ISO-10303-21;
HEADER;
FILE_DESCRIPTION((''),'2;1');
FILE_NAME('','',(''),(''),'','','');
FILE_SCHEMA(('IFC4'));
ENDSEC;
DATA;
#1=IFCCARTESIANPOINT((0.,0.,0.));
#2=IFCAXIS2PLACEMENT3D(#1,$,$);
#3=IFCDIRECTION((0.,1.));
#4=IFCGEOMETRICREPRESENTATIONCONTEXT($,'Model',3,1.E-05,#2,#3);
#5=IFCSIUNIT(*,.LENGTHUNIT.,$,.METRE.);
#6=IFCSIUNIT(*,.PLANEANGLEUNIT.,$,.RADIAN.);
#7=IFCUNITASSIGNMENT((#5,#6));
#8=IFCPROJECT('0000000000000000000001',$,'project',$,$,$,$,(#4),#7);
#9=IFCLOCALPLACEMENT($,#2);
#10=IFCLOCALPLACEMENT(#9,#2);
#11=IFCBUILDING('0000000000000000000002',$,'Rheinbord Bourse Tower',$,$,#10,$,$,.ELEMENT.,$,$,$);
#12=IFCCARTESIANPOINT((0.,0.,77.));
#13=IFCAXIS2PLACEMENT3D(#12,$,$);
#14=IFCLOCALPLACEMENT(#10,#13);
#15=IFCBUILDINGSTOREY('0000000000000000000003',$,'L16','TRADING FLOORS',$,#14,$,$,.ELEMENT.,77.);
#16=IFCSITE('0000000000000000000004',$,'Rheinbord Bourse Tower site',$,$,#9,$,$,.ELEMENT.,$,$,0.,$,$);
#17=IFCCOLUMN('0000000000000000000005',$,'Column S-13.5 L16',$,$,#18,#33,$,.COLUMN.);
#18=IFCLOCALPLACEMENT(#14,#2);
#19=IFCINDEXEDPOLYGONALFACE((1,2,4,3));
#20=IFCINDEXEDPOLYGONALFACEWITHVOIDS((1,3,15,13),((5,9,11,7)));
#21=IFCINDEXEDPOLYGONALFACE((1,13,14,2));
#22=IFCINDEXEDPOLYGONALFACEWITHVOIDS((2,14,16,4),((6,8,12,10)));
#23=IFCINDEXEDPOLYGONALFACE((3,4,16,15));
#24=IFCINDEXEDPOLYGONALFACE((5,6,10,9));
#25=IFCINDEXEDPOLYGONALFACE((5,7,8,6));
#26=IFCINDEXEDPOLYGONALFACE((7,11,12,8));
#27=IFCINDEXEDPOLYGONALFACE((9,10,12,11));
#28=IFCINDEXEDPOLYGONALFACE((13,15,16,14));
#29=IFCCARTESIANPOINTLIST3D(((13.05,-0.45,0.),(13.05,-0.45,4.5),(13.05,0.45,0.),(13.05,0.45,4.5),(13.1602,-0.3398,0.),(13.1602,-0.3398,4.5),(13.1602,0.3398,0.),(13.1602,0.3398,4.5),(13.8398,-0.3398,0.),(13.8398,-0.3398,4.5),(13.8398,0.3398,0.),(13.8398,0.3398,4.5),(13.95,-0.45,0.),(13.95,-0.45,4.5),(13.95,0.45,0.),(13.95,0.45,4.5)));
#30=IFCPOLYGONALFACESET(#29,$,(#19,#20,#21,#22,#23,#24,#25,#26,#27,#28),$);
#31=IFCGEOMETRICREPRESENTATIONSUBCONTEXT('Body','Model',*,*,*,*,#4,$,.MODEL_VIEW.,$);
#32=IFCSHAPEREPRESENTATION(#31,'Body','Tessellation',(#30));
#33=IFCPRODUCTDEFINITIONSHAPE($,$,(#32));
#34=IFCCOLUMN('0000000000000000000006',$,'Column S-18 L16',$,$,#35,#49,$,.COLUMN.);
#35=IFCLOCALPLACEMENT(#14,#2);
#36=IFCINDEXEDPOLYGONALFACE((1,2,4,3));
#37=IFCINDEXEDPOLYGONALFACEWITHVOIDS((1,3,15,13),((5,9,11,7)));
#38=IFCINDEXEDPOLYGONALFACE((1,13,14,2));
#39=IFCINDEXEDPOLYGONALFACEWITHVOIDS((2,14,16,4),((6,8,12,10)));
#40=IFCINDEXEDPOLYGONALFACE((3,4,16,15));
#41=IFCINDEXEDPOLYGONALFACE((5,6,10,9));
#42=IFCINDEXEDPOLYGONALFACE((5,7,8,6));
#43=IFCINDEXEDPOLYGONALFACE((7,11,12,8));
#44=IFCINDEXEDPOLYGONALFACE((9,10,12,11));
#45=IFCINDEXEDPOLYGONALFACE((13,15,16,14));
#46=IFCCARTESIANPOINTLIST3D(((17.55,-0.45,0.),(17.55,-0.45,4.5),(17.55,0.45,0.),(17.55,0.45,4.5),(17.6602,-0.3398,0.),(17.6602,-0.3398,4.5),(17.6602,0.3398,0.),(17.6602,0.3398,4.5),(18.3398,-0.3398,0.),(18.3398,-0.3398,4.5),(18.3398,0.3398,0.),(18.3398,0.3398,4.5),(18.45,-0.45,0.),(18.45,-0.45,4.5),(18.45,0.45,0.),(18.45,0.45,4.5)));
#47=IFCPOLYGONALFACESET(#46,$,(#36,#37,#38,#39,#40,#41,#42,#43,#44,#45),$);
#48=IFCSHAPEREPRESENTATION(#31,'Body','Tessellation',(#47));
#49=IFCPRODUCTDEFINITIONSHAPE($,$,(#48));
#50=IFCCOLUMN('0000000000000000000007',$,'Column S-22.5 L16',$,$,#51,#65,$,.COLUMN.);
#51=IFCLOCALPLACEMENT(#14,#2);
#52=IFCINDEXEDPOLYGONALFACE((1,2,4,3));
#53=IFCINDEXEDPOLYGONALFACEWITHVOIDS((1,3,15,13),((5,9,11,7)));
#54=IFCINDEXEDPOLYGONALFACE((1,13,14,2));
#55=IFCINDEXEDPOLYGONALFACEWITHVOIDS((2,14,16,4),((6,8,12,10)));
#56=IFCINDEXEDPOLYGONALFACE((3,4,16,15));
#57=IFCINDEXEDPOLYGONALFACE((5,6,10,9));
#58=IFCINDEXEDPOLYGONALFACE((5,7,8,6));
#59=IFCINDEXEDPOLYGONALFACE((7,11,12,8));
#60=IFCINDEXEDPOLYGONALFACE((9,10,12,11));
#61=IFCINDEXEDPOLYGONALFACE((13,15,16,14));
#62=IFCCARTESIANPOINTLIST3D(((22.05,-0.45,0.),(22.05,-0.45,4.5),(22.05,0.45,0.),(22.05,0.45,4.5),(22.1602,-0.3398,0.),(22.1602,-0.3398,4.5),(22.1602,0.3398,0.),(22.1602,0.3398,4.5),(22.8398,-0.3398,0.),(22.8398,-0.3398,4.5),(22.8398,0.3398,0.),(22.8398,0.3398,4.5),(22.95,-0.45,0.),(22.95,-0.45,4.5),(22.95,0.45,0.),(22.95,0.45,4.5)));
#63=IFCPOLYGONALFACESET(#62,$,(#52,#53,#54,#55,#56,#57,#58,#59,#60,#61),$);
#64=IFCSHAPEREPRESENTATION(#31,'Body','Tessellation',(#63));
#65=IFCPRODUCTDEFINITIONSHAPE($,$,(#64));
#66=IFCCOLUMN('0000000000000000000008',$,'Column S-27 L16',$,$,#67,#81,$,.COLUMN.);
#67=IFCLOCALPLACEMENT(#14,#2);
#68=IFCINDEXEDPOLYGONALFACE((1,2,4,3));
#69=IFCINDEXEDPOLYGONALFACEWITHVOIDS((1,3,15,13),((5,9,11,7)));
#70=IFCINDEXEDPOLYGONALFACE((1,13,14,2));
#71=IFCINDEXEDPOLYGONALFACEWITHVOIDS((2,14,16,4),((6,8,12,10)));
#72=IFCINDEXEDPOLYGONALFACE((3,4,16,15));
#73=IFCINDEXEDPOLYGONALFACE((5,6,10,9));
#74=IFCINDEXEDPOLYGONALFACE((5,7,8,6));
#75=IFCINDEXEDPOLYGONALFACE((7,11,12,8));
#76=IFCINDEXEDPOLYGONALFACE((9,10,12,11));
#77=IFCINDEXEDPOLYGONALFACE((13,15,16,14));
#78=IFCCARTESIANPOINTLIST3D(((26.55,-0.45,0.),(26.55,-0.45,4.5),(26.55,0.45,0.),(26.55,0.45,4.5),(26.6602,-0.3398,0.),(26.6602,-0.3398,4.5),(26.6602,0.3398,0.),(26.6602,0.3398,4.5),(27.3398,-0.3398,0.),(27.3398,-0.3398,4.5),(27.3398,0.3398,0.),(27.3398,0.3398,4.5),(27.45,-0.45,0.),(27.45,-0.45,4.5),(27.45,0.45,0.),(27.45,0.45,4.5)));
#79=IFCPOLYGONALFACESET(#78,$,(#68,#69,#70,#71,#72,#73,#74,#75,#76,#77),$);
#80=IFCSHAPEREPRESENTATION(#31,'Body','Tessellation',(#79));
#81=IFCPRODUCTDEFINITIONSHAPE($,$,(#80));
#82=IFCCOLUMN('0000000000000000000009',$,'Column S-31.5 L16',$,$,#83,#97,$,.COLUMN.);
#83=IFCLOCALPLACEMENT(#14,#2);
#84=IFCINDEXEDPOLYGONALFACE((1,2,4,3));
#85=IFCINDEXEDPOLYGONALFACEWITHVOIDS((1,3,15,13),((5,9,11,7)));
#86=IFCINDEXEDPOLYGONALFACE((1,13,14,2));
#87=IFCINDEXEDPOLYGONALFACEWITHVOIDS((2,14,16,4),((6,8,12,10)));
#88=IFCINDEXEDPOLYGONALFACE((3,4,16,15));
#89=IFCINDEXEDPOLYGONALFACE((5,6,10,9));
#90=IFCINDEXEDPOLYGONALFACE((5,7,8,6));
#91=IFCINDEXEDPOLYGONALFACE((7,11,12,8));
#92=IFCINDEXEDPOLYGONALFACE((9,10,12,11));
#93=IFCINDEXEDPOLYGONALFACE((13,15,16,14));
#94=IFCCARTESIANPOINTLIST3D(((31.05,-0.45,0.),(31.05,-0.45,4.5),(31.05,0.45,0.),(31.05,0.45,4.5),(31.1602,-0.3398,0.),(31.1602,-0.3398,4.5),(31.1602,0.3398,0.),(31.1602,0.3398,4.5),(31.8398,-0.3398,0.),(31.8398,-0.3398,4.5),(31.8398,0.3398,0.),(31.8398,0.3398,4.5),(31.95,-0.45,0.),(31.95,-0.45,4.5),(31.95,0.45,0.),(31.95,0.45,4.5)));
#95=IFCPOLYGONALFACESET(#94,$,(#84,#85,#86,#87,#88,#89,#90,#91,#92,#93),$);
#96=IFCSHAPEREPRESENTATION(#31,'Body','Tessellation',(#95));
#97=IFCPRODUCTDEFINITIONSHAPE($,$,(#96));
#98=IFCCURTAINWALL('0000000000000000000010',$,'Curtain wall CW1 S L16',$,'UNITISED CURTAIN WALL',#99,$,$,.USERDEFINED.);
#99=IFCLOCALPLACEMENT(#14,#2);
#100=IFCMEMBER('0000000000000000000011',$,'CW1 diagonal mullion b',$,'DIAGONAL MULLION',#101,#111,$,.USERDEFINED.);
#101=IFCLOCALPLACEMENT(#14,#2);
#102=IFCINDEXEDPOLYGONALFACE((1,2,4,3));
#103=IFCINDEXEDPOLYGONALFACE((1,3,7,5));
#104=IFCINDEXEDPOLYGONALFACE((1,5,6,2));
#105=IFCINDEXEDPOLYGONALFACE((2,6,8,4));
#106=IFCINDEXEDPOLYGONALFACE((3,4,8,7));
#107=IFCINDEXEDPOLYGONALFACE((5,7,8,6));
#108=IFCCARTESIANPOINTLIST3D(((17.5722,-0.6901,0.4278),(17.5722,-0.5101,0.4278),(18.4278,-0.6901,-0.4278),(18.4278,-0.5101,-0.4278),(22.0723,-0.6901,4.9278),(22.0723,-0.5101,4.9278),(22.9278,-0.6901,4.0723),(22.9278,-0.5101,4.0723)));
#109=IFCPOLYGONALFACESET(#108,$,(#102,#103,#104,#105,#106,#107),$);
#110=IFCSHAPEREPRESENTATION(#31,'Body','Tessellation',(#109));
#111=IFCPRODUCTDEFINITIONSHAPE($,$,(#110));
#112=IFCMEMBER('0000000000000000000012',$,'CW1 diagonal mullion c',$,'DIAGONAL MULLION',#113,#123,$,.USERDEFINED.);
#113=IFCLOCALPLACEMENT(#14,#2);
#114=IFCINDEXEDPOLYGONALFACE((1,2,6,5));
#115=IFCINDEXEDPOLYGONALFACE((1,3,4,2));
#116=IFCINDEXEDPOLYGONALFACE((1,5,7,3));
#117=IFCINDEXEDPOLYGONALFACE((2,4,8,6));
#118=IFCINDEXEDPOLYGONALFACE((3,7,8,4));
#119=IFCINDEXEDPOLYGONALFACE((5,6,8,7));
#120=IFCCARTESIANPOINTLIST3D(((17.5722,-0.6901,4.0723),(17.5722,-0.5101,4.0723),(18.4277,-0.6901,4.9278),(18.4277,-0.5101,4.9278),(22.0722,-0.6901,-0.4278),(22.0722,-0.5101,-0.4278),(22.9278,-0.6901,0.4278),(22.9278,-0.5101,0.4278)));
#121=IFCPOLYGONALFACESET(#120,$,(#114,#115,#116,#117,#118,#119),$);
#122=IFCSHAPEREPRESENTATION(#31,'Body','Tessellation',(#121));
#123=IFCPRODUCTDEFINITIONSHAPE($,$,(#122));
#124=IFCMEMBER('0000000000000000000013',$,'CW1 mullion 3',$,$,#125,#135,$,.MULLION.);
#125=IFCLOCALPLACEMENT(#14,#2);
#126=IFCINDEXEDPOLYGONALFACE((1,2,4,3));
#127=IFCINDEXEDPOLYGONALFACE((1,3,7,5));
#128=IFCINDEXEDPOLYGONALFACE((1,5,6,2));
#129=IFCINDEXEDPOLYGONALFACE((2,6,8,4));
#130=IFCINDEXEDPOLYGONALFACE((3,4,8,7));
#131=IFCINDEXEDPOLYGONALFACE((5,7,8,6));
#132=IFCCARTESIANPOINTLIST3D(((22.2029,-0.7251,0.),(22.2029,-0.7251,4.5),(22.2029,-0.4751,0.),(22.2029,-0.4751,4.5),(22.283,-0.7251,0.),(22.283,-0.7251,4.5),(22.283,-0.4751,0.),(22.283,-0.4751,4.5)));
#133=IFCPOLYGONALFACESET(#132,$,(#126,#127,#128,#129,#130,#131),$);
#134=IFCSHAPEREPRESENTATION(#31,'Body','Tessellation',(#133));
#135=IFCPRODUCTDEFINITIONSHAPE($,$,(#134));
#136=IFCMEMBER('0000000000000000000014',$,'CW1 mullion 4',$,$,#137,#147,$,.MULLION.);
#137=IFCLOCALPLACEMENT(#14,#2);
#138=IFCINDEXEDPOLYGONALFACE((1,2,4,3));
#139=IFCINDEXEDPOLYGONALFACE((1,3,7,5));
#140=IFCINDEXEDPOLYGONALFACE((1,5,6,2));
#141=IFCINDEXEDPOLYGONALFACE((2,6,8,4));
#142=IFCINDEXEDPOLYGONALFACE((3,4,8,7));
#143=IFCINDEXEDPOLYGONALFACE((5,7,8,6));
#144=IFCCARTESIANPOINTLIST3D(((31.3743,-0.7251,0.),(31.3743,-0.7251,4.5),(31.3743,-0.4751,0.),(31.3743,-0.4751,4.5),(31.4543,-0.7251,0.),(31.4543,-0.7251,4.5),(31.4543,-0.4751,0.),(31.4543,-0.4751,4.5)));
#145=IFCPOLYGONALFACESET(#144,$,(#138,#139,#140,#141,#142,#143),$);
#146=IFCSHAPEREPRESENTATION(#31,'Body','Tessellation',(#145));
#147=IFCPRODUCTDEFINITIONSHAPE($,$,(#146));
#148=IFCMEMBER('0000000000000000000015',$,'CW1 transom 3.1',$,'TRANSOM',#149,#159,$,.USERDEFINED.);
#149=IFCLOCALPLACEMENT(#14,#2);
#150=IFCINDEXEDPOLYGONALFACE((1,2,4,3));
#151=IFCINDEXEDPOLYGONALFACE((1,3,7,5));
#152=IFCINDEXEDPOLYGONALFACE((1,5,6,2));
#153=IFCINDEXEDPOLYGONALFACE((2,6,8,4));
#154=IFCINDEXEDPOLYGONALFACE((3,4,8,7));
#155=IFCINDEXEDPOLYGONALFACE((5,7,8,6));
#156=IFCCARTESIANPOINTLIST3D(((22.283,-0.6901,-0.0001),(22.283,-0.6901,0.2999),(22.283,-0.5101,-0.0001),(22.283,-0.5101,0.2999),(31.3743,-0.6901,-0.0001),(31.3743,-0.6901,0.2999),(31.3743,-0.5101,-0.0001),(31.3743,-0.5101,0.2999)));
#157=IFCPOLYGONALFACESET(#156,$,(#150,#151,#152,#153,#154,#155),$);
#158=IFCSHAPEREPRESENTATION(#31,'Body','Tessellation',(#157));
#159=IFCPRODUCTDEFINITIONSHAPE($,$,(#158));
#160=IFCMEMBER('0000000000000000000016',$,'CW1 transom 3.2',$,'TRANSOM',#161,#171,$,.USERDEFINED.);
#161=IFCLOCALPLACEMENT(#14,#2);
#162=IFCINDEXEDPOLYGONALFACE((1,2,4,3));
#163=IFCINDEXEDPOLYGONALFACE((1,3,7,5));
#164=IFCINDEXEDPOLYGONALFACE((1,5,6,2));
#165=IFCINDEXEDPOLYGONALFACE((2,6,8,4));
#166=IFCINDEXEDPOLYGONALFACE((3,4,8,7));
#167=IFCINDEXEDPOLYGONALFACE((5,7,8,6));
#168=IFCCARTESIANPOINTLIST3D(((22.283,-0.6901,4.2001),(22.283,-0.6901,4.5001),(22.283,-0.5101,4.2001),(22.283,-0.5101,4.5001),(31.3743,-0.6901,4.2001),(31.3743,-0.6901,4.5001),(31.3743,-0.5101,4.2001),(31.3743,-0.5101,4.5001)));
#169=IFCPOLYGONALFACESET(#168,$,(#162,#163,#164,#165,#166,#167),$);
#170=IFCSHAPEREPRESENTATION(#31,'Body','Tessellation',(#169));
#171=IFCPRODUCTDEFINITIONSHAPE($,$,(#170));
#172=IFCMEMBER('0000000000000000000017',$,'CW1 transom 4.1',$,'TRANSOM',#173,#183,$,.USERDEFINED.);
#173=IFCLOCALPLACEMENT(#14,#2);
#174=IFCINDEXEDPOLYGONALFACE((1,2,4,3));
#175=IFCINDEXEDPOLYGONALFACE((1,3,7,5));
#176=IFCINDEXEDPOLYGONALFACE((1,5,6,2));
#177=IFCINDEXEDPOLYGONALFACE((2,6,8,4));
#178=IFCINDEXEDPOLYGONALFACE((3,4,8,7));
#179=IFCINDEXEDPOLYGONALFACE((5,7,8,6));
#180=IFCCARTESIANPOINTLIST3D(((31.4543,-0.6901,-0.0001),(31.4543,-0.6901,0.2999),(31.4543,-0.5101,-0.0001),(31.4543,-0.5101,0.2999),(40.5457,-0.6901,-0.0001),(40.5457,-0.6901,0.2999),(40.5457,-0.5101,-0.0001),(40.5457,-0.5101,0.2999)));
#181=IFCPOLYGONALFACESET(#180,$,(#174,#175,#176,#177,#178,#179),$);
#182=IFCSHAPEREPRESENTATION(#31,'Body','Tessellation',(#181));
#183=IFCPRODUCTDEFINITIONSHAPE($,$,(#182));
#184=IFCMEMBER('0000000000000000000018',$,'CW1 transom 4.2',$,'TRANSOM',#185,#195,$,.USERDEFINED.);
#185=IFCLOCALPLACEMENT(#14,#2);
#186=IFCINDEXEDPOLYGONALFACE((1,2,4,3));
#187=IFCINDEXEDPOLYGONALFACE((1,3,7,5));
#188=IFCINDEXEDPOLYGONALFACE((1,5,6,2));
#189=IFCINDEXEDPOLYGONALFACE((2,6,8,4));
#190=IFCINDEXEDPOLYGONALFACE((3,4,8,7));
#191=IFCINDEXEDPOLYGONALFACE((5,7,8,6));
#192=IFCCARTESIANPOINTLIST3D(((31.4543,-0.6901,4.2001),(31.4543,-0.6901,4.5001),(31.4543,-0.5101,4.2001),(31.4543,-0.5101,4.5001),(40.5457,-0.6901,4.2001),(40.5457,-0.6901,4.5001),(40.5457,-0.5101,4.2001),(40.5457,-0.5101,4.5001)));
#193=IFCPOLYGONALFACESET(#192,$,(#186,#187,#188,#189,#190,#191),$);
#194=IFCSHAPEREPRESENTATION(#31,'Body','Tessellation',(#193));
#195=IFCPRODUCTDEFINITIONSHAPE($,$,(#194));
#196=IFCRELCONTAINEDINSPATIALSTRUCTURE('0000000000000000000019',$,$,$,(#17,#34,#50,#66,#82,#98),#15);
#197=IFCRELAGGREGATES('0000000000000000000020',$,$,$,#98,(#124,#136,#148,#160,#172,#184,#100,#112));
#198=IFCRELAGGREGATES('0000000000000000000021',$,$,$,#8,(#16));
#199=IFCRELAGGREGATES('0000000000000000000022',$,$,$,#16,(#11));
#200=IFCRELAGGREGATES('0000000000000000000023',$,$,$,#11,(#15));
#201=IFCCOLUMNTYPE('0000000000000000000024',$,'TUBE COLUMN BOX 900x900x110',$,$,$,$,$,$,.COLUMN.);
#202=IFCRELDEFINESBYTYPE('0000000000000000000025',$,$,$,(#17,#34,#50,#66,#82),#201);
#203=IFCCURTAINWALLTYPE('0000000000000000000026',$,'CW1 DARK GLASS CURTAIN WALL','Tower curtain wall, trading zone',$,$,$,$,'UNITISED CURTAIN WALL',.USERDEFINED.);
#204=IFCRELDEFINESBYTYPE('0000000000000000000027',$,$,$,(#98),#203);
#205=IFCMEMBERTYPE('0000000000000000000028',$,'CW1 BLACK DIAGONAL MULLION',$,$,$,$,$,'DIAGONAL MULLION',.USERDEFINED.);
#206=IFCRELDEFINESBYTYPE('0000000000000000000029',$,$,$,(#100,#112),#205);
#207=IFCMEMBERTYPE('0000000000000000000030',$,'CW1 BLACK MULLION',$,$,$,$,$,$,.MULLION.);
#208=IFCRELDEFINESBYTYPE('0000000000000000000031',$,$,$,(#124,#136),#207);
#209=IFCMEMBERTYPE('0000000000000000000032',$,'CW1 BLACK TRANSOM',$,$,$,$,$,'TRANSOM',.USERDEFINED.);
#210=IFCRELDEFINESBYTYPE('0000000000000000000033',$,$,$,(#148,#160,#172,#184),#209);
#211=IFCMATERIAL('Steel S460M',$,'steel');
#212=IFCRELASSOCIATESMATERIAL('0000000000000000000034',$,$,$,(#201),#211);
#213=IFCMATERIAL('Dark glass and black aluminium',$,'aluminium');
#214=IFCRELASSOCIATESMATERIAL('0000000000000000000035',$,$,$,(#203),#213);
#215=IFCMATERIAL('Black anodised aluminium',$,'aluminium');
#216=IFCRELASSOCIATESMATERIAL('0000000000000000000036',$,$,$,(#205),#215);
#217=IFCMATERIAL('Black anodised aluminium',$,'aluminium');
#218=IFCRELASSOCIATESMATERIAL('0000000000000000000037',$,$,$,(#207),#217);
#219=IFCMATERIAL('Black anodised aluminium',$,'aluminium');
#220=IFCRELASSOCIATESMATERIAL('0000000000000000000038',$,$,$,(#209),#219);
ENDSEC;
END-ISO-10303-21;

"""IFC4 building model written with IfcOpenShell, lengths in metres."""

from ifc_helpers import new_model, si_unit, direction, frame, origin, origin_2d, place, context, subcontext, project, spatial, rectangle, hollow_rectangle, extrude, material, material_profile, profile_set, type_object, element, aggregate, save


model = new_model("IFC4")

# Units and contexts
model_context = context("Model", 3, precision=1e-05, world=origin(), true_north=direction((0.0, 1.0)))
body_context = subcontext(model_context, "Body", "Model", "MODEL_VIEW")
ifc_project = project(units=[si_unit("LENGTHUNIT", "METRE"), si_unit("PLANEANGLEUNIT", "RADIAN")], contexts=[model_context])

# Site, building, storey
site_placement = place(None, origin())
site = spatial("IfcSite", under=ifc_project, at=site_placement, Name="Rheinbord Bourse Tower site", CompositionType="ELEMENT", RefElevation=0.0)
building_placement = place(site_placement, origin())
building = spatial("IfcBuilding", under=site, at=building_placement, Name="Rheinbord Bourse Tower", CompositionType="ELEMENT")
storey_placement = place(building_placement, frame((0.0, 0.0, 77.0)))
storey = spatial("IfcBuildingStorey", under=building, at=storey_placement, Name="L16", Description="TRADING FLOORS", CompositionType="ELEMENT", Elevation=77.0)

# Columns
ifc_material_1 = material(Name="Steel S460M", Category="steel")
ifc_material_profile_1 = material_profile(ifc_material_1, hollow_rectangle(XDim=0.8999, YDim=0.8999, WallThickness=0.1101, at=origin_2d()), Name="BOX 900x900x110")
ifc_profile_set_1 = profile_set([ifc_material_profile_1], Name="Steel S460M")
column_type = type_object("IfcColumnType", Name="TUBE COLUMN BOX 900x900x110", PredefinedType="COLUMN", material=ifc_profile_set_1)
for number, where, z_axis, x_axis, name in (
    (1, (13.5, 0.0, 0.0), (0.0, 0.0, 1.0), (0.0, 1.0, 0.0), "Column S-13.5 L16"),
    (2, (18.0, 0.0, 0.0), (0.0, 0.0, 1.0), (0.0, 1.0, 0.0), "Column S-18 L16"),
    (3, (22.5, 0.0, 0.0), (0.0, 0.0, 1.0), (0.0, 1.0, 0.0), "Column S-22.5 L16"),
    (4, (27.0, 0.0, 0.0), (0.0, 0.0, 1.0), (0.0, 1.0, 0.0), "Column S-27 L16"),
    (5, (31.5, 0.0, 0.0), (0.0, 0.0, 1.0), (0.0, 1.0, 0.0), "Column S-31.5 L16"),
):
    element("IfcColumn", number, at=place(storey_placement, frame(where, z_axis=z_axis, x_axis=x_axis)), inside=storey, type_object=column_type, Name=name, PredefinedType="COLUMN", context=body_context, shape_type="SweptSolid", body=[
        extrude(hollow_rectangle(XDim=0.8999, YDim=0.8999, WallThickness=0.1101, at=origin_2d()), origin(), (0.0, 0.0, 1.0), 4.5),
    ])

# Curtain wall, members
ifc_material_2 = material(Name="Dark glass and black aluminium", Category="aluminium")
curtain_wall_type = type_object("IfcCurtainWallType", Name="CW1 DARK GLASS CURTAIN WALL", Description="Tower curtain wall, trading zone", ElementType="UNITISED CURTAIN WALL", PredefinedType="USERDEFINED", material=ifc_material_2)
curtain_wall_placement = place(storey_placement, origin())
curtain_wall = element("IfcCurtainWall", 6, at=curtain_wall_placement, inside=storey, type_object=curtain_wall_type, Name="Curtain wall CW1 S L16", ObjectType="UNITISED CURTAIN WALL", PredefinedType="USERDEFINED")
ifc_material_3 = material(Name="Black anodised aluminium", Category="aluminium")
ifc_material_profile_2 = material_profile(ifc_material_3, rectangle(XDim=0.1799, YDim=1.21, at=origin_2d()), Name="CW1 DIAGONAL MULLION 1210x180")
ifc_profile_set_2 = profile_set([ifc_material_profile_2], Name="Black anodised aluminium")
member_type_1 = type_object("IfcMemberType", Name="CW1 BLACK DIAGONAL MULLION", ElementType="DIAGONAL MULLION", PredefinedType="USERDEFINED", material=ifc_profile_set_2)
member_1_placement = place(storey_placement, frame((18.0, -0.6001, 0.0), z_axis=(0.707107, 0.0, 0.707107), x_axis=(0.0, 1.0, 0.0)))
member_1 = element("IfcMember", 7, at=member_1_placement, type_object=member_type_1, Name="CW1 diagonal mullion b", ObjectType="DIAGONAL MULLION", PredefinedType="USERDEFINED", context=body_context, shape_type="SweptSolid", body=[
    extrude(rectangle(XDim=0.1799, YDim=1.21, at=origin_2d()), origin(), (0.0, 0.0, 1.0), 6.364),
])
member_2_placement = place(storey_placement, frame((22.5, -0.6001, 0.0), z_axis=(-0.707107, 0.0, 0.707107), x_axis=(0.0, -1.0, 0.0)))
member_2 = element("IfcMember", 8, at=member_2_placement, type_object=member_type_1, Name="CW1 diagonal mullion c", ObjectType="DIAGONAL MULLION", PredefinedType="USERDEFINED", context=body_context, shape_type="SweptSolid", body=[
    extrude(rectangle(XDim=0.1799, YDim=1.21, at=origin_2d()), origin(), (0.0, 0.0, 1.0), 6.364),
])
ifc_material_4 = material(Name="Black anodised aluminium", Category="aluminium")
ifc_material_profile_3 = material_profile(ifc_material_4, rectangle(XDim=0.25, YDim=0.0801, at=origin_2d()), Name="CW1 MULLION 80x250")
ifc_profile_set_3 = profile_set([ifc_material_profile_3], Name="Black anodised aluminium")
member_type_2 = type_object("IfcMemberType", Name="CW1 BLACK MULLION", PredefinedType="MULLION", material=ifc_profile_set_3)
member_3_placement = place(storey_placement, frame((22.2429, -0.6001, 0.0), z_axis=(0.0, 0.0, 1.0), x_axis=(0.0, 1.0, 0.0)))
member_3 = element("IfcMember", 9, at=member_3_placement, type_object=member_type_2, Name="CW1 mullion 3", PredefinedType="MULLION", context=body_context, shape_type="SweptSolid", body=[
    extrude(rectangle(XDim=0.25, YDim=0.0801, at=origin_2d()), origin(), (0.0, 0.0, 1.0), 4.5),
])
member_4_placement = place(storey_placement, frame((31.4143, -0.6001, 0.0), z_axis=(0.0, 0.0, 1.0), x_axis=(0.0, 1.0, 0.0)))
member_4 = element("IfcMember", 10, at=member_4_placement, type_object=member_type_2, Name="CW1 mullion 4", PredefinedType="MULLION", context=body_context, shape_type="SweptSolid", body=[
    extrude(rectangle(XDim=0.25, YDim=0.0801, at=origin_2d()), origin(), (0.0, 0.0, 1.0), 4.5),
])
ifc_material_5 = material(Name="Black anodised aluminium", Category="aluminium")
ifc_material_profile_4 = material_profile(ifc_material_5, rectangle(XDim=0.1799, YDim=0.3, at=origin_2d()), Name="CW1 TRANSOM 300x180")
ifc_profile_set_4 = profile_set([ifc_material_profile_4], Name="Black anodised aluminium")
member_type_3 = type_object("IfcMemberType", Name="CW1 BLACK TRANSOM", ElementType="TRANSOM", PredefinedType="USERDEFINED", material=ifc_profile_set_4)
member_5_placement = place(storey_placement, frame((22.283, -0.6001, 0.1499), z_axis=(1.0, 0.0, 0.0), x_axis=(0.0, 1.0, 0.0)))
member_5 = element("IfcMember", 11, at=member_5_placement, type_object=member_type_3, Name="CW1 transom 3.1", ObjectType="TRANSOM", PredefinedType="USERDEFINED", context=body_context, shape_type="SweptSolid", body=[
    extrude(rectangle(XDim=0.1799, YDim=0.3, at=origin_2d()), origin(), (0.0, 0.0, 1.0), 9.0913),
])
member_6_placement = place(storey_placement, frame((22.283, -0.6001, 4.3501), z_axis=(1.0, 0.0, 0.0), x_axis=(0.0, 1.0, 0.0)))
member_6 = element("IfcMember", 12, at=member_6_placement, type_object=member_type_3, Name="CW1 transom 3.2", ObjectType="TRANSOM", PredefinedType="USERDEFINED", context=body_context, shape_type="SweptSolid", body=[
    extrude(rectangle(XDim=0.1799, YDim=0.3, at=origin_2d()), origin(), (0.0, 0.0, 1.0), 9.0913),
])
member_7_placement = place(storey_placement, frame((31.4543, -0.6001, 0.1499), z_axis=(1.0, 0.0, 0.0), x_axis=(0.0, 1.0, 0.0)))
member_7 = element("IfcMember", 13, at=member_7_placement, type_object=member_type_3, Name="CW1 transom 4.1", ObjectType="TRANSOM", PredefinedType="USERDEFINED", context=body_context, shape_type="SweptSolid", body=[
    extrude(rectangle(XDim=0.1799, YDim=0.3, at=origin_2d()), origin(), (0.0, 0.0, 1.0), 9.0913),
])
member_8_placement = place(storey_placement, frame((31.4543, -0.6001, 4.3501), z_axis=(1.0, 0.0, 0.0), x_axis=(0.0, 1.0, 0.0)))
member_8 = element("IfcMember", 14, at=member_8_placement, type_object=member_type_3, Name="CW1 transom 4.2", ObjectType="TRANSOM", PredefinedType="USERDEFINED", context=body_context, shape_type="SweptSolid", body=[
    extrude(rectangle(XDim=0.1799, YDim=0.3, at=origin_2d()), origin(), (0.0, 0.0, 1.0), 9.0913),
])

aggregate(curtain_wall, [member_3, member_4, member_5, member_6, member_7, member_8, member_1, member_2])

save(model, "model.ifc")
